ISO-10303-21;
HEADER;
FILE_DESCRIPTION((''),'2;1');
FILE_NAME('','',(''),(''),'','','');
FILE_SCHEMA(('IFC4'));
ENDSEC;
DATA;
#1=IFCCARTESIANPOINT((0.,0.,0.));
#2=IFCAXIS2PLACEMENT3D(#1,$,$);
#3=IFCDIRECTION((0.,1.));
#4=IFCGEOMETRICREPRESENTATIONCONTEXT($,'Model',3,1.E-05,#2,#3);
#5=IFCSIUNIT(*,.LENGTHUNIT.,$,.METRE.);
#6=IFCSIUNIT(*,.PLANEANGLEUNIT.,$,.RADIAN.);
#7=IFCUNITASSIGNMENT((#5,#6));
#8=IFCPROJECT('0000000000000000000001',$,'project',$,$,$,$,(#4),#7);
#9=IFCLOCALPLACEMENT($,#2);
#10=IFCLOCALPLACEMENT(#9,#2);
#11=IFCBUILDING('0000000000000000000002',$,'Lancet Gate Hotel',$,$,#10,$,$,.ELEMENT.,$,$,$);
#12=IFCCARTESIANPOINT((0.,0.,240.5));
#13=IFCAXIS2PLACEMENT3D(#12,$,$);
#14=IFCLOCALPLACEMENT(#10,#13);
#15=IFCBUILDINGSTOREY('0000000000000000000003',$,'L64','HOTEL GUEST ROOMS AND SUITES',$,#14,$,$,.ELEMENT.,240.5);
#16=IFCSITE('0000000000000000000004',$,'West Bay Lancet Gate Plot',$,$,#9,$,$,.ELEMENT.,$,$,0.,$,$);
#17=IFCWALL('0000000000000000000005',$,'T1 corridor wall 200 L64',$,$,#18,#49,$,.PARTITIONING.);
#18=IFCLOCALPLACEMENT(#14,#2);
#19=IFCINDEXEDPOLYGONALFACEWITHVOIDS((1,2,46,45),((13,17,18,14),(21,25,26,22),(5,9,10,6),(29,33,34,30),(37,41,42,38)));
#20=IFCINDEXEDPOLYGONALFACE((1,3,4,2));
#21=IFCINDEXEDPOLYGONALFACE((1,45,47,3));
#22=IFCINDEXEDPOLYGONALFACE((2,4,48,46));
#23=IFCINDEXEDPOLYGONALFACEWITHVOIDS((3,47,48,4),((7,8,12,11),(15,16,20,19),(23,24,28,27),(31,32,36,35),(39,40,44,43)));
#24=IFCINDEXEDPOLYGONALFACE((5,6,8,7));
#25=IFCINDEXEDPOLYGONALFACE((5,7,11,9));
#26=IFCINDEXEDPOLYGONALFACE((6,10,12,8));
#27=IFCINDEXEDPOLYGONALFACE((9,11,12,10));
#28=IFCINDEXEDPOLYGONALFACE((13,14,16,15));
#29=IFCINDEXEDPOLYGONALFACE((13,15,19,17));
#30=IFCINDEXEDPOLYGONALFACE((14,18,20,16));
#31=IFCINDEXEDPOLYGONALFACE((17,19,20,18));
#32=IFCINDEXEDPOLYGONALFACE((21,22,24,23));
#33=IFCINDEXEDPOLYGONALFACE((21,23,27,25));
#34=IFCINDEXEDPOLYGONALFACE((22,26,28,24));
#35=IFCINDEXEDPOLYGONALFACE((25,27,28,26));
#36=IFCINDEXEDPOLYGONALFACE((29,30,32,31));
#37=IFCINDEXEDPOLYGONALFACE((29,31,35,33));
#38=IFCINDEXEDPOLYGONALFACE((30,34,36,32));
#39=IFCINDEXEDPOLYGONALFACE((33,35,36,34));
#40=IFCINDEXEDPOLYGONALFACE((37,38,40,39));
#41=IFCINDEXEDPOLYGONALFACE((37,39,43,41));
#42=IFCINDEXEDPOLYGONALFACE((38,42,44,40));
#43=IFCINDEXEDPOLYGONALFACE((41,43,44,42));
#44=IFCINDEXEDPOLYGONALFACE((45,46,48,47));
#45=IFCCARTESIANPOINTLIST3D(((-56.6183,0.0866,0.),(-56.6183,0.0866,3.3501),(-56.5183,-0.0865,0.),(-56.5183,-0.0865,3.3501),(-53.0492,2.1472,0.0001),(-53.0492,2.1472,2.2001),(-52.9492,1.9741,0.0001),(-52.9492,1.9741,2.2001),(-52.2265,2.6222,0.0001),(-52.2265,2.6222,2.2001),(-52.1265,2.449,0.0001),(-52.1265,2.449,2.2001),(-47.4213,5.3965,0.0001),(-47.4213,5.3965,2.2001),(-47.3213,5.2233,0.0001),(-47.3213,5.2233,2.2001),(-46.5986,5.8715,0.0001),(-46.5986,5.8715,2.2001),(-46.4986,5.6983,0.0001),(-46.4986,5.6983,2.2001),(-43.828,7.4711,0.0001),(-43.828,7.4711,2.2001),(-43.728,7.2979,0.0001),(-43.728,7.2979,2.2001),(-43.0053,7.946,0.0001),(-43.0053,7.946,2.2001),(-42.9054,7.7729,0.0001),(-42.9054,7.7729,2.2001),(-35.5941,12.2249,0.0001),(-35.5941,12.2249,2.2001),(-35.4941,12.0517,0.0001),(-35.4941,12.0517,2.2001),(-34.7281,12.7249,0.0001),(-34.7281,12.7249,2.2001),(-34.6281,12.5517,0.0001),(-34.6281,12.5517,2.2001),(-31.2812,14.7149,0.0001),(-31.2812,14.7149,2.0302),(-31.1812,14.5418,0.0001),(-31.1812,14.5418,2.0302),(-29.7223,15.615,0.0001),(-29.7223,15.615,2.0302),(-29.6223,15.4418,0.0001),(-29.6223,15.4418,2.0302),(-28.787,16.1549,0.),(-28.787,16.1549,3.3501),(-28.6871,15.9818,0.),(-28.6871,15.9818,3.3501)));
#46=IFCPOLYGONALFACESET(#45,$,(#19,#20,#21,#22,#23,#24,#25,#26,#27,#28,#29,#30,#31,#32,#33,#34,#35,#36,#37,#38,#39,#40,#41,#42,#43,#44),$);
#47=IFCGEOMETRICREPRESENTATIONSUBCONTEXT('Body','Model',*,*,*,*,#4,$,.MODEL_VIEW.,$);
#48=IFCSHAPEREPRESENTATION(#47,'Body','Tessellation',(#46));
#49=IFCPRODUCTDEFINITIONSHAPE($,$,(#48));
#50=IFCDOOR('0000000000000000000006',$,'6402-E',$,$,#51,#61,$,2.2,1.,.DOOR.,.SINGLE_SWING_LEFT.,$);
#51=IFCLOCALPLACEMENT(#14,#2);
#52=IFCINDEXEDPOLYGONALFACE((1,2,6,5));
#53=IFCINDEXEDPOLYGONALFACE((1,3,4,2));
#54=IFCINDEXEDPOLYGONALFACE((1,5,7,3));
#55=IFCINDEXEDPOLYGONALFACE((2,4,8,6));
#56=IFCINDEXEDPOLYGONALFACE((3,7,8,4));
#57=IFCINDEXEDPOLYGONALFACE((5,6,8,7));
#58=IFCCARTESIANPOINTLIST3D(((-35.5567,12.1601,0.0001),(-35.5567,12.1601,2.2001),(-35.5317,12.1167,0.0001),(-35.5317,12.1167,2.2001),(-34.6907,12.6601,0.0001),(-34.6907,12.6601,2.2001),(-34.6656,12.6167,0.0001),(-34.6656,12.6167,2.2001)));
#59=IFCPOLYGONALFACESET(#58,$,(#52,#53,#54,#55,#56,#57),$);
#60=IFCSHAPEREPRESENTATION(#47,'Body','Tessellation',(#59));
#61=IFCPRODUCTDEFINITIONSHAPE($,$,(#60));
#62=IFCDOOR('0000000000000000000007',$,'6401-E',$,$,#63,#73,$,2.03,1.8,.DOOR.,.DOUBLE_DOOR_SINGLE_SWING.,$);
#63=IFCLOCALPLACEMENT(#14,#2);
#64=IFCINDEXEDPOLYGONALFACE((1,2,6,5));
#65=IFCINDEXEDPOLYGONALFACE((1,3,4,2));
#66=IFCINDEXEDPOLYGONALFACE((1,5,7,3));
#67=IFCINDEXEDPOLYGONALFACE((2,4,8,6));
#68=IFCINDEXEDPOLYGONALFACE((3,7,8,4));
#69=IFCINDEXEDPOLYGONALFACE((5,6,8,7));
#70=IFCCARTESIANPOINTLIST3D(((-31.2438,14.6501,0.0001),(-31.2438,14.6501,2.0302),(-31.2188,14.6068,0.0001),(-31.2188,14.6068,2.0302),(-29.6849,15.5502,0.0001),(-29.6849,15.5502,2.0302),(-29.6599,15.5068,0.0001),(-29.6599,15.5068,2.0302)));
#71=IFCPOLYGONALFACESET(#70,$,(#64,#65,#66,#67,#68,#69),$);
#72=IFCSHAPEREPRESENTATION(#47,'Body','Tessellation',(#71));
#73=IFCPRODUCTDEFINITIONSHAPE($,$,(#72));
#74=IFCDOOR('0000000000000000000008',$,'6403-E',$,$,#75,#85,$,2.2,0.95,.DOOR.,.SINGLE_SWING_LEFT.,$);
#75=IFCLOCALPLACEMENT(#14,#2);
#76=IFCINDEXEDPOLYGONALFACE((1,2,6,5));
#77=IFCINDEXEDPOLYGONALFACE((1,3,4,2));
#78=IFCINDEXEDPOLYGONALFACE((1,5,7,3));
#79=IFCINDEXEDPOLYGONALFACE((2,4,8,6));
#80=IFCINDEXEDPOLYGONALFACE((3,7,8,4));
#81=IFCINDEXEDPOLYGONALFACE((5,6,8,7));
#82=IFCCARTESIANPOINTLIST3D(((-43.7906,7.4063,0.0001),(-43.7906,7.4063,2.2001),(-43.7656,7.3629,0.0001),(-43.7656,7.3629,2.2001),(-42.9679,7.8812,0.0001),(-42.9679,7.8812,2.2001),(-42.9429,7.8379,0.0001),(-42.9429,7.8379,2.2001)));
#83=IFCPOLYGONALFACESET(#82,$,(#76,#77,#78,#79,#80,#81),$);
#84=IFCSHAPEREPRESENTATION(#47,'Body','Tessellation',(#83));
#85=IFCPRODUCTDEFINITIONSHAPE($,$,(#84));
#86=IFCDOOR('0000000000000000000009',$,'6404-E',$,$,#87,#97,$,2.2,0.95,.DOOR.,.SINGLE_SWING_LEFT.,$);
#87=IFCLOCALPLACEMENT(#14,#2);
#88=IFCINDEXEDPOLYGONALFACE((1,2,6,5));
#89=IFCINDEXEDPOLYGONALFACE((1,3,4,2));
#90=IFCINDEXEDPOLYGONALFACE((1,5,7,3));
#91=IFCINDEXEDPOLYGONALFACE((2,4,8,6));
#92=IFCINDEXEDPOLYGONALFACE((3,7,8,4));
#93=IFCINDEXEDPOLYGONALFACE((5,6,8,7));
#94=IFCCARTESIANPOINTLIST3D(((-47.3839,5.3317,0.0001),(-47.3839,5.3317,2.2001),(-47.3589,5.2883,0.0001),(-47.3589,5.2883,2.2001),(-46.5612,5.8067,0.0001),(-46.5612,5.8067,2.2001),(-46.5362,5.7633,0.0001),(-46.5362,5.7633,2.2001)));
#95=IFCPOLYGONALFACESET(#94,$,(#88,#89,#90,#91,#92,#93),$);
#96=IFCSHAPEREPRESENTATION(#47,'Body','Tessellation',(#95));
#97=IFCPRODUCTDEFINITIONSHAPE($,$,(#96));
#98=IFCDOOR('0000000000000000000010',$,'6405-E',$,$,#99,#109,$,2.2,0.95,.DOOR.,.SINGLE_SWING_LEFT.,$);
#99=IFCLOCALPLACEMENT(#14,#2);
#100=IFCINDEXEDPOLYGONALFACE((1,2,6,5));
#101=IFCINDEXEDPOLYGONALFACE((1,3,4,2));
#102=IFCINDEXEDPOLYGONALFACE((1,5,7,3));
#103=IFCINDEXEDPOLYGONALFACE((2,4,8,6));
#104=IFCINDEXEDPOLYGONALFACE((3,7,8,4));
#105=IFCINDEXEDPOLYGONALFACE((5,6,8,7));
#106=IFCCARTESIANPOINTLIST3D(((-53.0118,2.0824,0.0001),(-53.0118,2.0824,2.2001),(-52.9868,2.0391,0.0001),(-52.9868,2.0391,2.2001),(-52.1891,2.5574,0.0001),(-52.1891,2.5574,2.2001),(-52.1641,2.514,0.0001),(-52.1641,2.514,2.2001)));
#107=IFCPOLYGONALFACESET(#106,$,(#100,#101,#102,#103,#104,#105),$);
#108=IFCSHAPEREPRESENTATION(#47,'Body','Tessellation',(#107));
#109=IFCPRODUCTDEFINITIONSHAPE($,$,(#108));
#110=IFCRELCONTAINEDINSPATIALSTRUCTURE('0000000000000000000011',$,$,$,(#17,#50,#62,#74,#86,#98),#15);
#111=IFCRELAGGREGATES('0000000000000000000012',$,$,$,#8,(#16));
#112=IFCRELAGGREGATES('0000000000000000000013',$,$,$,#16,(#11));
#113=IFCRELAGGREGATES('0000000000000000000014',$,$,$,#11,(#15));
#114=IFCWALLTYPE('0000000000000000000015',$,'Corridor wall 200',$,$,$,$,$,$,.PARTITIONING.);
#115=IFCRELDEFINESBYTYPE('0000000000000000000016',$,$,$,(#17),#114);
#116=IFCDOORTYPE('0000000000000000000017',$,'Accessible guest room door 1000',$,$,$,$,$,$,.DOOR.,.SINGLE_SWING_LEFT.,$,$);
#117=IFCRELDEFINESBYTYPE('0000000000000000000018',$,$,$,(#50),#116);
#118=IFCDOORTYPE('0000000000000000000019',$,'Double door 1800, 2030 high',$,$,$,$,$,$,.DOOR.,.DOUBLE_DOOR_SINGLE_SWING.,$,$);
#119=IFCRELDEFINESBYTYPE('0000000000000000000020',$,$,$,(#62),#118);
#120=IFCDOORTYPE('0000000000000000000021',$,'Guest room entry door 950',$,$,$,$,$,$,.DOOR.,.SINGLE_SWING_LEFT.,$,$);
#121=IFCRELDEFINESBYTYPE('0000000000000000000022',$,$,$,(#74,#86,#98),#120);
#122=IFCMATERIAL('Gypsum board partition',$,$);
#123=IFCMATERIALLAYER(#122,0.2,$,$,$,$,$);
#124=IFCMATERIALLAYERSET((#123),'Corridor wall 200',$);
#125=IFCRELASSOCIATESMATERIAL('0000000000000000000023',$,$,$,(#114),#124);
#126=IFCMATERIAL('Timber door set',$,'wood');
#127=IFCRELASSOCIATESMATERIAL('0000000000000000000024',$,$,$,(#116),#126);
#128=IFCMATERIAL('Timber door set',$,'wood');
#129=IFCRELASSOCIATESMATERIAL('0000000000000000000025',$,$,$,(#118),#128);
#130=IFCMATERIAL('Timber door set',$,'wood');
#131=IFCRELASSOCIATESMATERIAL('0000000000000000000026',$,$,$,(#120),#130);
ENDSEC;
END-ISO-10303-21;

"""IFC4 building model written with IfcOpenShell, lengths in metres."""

from ifc_helpers import new_model, si_unit, direction, frame, frame_2d, origin, place, context, subcontext, project, spatial, rectangle, extrude, material, layer, layer_set, type_object, element, fill, save


model = new_model("IFC4")

# Units and contexts
model_context = context("Model", 3, precision=1e-05, world=origin(), true_north=direction((0.0, 1.0)))
body_context = subcontext(model_context, "Body", "Model", "MODEL_VIEW")
ifc_project = project(units=[si_unit("LENGTHUNIT", "METRE"), si_unit("PLANEANGLEUNIT", "RADIAN")], contexts=[model_context])

# Site, building, storey
site_placement = place(None, origin())
site = spatial("IfcSite", under=ifc_project, at=site_placement, Name="West Bay Lancet Gate Plot", CompositionType="ELEMENT", RefElevation=0.0)
building_placement = place(site_placement, origin())
building = spatial("IfcBuilding", under=site, at=building_placement, Name="Lancet Gate Hotel", CompositionType="ELEMENT")
storey_placement = place(building_placement, frame((0.0, 0.0, 240.5)))
storey = spatial("IfcBuildingStorey", under=building, at=storey_placement, Name="L64", Description="HOTEL GUEST ROOMS AND SUITES", CompositionType="ELEMENT", Elevation=240.5)

# Wall, openings, doors
ifc_material_1 = material(Name="Gypsum board partition")
ifc_layer_1 = layer(ifc_material_1, 0.2)
ifc_layer_set_1 = layer_set([ifc_layer_1], Name="Corridor wall 200")
wall_type_1 = type_object("IfcWallType", Name="Corridor wall 200", PredefinedType="PARTITIONING", material=ifc_layer_set_1)
wall_1_placement = place(storey_placement, frame((-28.7371, 16.0684, 0.0), z_axis=(0.0, 0.0, 1.0), x_axis=(-0.866026, -0.499999, 0.0)))
wall_1 = element("IfcWall", 1, at=wall_1_placement, inside=storey, type_object=wall_type_1, Name="T1 corridor wall 200 L64", PredefinedType="PARTITIONING", context=body_context, shape_type="SweptSolid", body=[
    extrude(rectangle(XDim=32.1367, YDim=0.2, at=frame_2d((16.0684, 0.0))), origin(), (0.0, 0.0, 1.0), 3.3501),
])
opening_1_placement = place(wall_1_placement, frame((1.0801, 0.0, 0.0)))
opening_1 = element("IfcOpeningElement", 2, at=opening_1_placement, cuts=wall_1, PredefinedType="OPENING", context=body_context, shape_type="SweptSolid", body=[
    extrude(rectangle(XDim=1.8, YDim=2.03, at=frame_2d((0.8999, 1.0151))), frame((0.0, 0.1099, 0.0), z_axis=(0.0, -1.0, 0.0), x_axis=(1.0, 0.0, 0.0)), (0.0, 0.0, 1.0), 0.22),
])
opening_2_placement = place(wall_1_placement, frame((6.8601, 0.0, 0.0)))
opening_2 = element("IfcOpeningElement", 3, at=opening_2_placement, cuts=wall_1, PredefinedType="OPENING", context=body_context, shape_type="SweptSolid", body=[
    extrude(rectangle(XDim=1.0, YDim=2.2, at=frame_2d((0.5, 1.1001))), frame((0.0, 0.1099, 0.0), z_axis=(0.0, -1.0, 0.0), x_axis=(1.0, 0.0, 0.0)), (0.0, 0.0, 1.0), 0.22),
])
opening_3_placement = place(wall_1_placement, frame((16.4177, 0.0, 0.0)))
opening_3 = element("IfcOpeningElement", 4, at=opening_3_placement, cuts=wall_1, PredefinedType="OPENING", context=body_context, shape_type="SweptSolid", body=[
    extrude(rectangle(XDim=0.95, YDim=2.2, at=frame_2d((0.4751, 1.1001))), frame((0.0, 0.1099, 0.0), z_axis=(0.0, -1.0, 0.0), x_axis=(1.0, 0.0, 0.0)), (0.0, 0.0, 1.0), 0.22),
])
opening_4_placement = place(wall_1_placement, frame((20.5669, 0.0, 0.0)))
opening_4 = element("IfcOpeningElement", 5, at=opening_4_placement, cuts=wall_1, PredefinedType="OPENING", context=body_context, shape_type="SweptSolid", body=[
    extrude(rectangle(XDim=0.95, YDim=2.2, at=frame_2d((0.4751, 1.1001))), frame((0.0, 0.1099, 0.0), z_axis=(0.0, -1.0, 0.0), x_axis=(1.0, 0.0, 0.0)), (0.0, 0.0, 1.0), 0.22),
])
opening_5_placement = place(wall_1_placement, frame((27.0654, 0.0, 0.0)))
opening_5 = element("IfcOpeningElement", 6, at=opening_5_placement, cuts=wall_1, PredefinedType="OPENING", context=body_context, shape_type="SweptSolid", body=[
    extrude(rectangle(XDim=0.95, YDim=2.2, at=frame_2d((0.4751, 1.1001))), frame((0.0, 0.1099, 0.0), z_axis=(0.0, -1.0, 0.0), x_axis=(1.0, 0.0, 0.0)), (0.0, 0.0, 1.0), 0.22),
])
ifc_material_2 = material(Name="Timber door set", Category="wood")
door_type_1 = type_object("IfcDoorType", Name="Accessible guest room door 1000", OperationType="SINGLE_SWING_LEFT", PredefinedType="DOOR", material=ifc_material_2)
door_1_placement = place(opening_2_placement, origin())
door_1 = element("IfcDoor", 7, at=door_1_placement, inside=storey, type_object=door_type_1, Name="6402-E", OperationType="SINGLE_SWING_LEFT", OverallHeight=2.2, OverallWidth=1.0, PredefinedType="DOOR", context=body_context, shape_type="SweptSolid", body=[
    extrude(rectangle(XDim=1.0, YDim=2.2, at=frame_2d((0.5, 1.1001))), frame((0.0, 0.0249, 0.0), z_axis=(0.0, -1.0, 0.0), x_axis=(1.0, 0.0, 0.0)), (0.0, 0.0, 1.0), 0.05),
])
fill(opening_2, door_1)
ifc_material_3 = material(Name="Timber door set", Category="wood")
door_type_2 = type_object("IfcDoorType", Name="Double door 1800, 2030 high", OperationType="DOUBLE_DOOR_SINGLE_SWING", PredefinedType="DOOR", material=ifc_material_3)
door_2_placement = place(opening_1_placement, origin())
door_2 = element("IfcDoor", 8, at=door_2_placement, inside=storey, type_object=door_type_2, Name="6401-E", OperationType="DOUBLE_DOOR_SINGLE_SWING", OverallHeight=2.03, OverallWidth=1.8, PredefinedType="DOOR", context=body_context, shape_type="SweptSolid", body=[
    extrude(rectangle(XDim=1.8, YDim=2.03, at=frame_2d((0.8999, 1.0151))), frame((0.0, 0.0249, 0.0), z_axis=(0.0, -1.0, 0.0), x_axis=(1.0, 0.0, 0.0)), (0.0, 0.0, 1.0), 0.05),
])
fill(opening_1, door_2)
ifc_material_4 = material(Name="Timber door set", Category="wood")
door_type_3 = type_object("IfcDoorType", Name="Guest room entry door 950", OperationType="SINGLE_SWING_LEFT", PredefinedType="DOOR", material=ifc_material_4)
door_3_placement = place(opening_3_placement, origin())
door_3 = element("IfcDoor", 9, at=door_3_placement, inside=storey, type_object=door_type_3, Name="6403-E", OperationType="SINGLE_SWING_LEFT", OverallHeight=2.2, OverallWidth=0.95, PredefinedType="DOOR", context=body_context, shape_type="SweptSolid", body=[
    extrude(rectangle(XDim=0.95, YDim=2.2, at=frame_2d((0.4751, 1.1001))), frame((0.0, 0.0249, 0.0), z_axis=(0.0, -1.0, 0.0), x_axis=(1.0, 0.0, 0.0)), (0.0, 0.0, 1.0), 0.05),
])
fill(opening_3, door_3)
door_4_placement = place(opening_4_placement, origin())
door_4 = element("IfcDoor", 10, at=door_4_placement, inside=storey, type_object=door_type_3, Name="6404-E", OperationType="SINGLE_SWING_LEFT", OverallHeight=2.2, OverallWidth=0.95, PredefinedType="DOOR", context=body_context, shape_type="SweptSolid", body=[
    extrude(rectangle(XDim=0.95, YDim=2.2, at=frame_2d((0.4751, 1.1001))), frame((0.0, 0.0249, 0.0), z_axis=(0.0, -1.0, 0.0), x_axis=(1.0, 0.0, 0.0)), (0.0, 0.0, 1.0), 0.05),
])
fill(opening_4, door_4)
door_5_placement = place(opening_5_placement, origin())
door_5 = element("IfcDoor", 11, at=door_5_placement, inside=storey, type_object=door_type_3, Name="6405-E", OperationType="SINGLE_SWING_LEFT", OverallHeight=2.2, OverallWidth=0.95, PredefinedType="DOOR", context=body_context, shape_type="SweptSolid", body=[
    extrude(rectangle(XDim=0.95, YDim=2.2, at=frame_2d((0.4751, 1.1001))), frame((0.0, 0.0249, 0.0), z_axis=(0.0, -1.0, 0.0), x_axis=(1.0, 0.0, 0.0)), (0.0, 0.0, 1.0), 0.05),
])
fill(opening_5, door_5)

save(model, "model.ifc")
